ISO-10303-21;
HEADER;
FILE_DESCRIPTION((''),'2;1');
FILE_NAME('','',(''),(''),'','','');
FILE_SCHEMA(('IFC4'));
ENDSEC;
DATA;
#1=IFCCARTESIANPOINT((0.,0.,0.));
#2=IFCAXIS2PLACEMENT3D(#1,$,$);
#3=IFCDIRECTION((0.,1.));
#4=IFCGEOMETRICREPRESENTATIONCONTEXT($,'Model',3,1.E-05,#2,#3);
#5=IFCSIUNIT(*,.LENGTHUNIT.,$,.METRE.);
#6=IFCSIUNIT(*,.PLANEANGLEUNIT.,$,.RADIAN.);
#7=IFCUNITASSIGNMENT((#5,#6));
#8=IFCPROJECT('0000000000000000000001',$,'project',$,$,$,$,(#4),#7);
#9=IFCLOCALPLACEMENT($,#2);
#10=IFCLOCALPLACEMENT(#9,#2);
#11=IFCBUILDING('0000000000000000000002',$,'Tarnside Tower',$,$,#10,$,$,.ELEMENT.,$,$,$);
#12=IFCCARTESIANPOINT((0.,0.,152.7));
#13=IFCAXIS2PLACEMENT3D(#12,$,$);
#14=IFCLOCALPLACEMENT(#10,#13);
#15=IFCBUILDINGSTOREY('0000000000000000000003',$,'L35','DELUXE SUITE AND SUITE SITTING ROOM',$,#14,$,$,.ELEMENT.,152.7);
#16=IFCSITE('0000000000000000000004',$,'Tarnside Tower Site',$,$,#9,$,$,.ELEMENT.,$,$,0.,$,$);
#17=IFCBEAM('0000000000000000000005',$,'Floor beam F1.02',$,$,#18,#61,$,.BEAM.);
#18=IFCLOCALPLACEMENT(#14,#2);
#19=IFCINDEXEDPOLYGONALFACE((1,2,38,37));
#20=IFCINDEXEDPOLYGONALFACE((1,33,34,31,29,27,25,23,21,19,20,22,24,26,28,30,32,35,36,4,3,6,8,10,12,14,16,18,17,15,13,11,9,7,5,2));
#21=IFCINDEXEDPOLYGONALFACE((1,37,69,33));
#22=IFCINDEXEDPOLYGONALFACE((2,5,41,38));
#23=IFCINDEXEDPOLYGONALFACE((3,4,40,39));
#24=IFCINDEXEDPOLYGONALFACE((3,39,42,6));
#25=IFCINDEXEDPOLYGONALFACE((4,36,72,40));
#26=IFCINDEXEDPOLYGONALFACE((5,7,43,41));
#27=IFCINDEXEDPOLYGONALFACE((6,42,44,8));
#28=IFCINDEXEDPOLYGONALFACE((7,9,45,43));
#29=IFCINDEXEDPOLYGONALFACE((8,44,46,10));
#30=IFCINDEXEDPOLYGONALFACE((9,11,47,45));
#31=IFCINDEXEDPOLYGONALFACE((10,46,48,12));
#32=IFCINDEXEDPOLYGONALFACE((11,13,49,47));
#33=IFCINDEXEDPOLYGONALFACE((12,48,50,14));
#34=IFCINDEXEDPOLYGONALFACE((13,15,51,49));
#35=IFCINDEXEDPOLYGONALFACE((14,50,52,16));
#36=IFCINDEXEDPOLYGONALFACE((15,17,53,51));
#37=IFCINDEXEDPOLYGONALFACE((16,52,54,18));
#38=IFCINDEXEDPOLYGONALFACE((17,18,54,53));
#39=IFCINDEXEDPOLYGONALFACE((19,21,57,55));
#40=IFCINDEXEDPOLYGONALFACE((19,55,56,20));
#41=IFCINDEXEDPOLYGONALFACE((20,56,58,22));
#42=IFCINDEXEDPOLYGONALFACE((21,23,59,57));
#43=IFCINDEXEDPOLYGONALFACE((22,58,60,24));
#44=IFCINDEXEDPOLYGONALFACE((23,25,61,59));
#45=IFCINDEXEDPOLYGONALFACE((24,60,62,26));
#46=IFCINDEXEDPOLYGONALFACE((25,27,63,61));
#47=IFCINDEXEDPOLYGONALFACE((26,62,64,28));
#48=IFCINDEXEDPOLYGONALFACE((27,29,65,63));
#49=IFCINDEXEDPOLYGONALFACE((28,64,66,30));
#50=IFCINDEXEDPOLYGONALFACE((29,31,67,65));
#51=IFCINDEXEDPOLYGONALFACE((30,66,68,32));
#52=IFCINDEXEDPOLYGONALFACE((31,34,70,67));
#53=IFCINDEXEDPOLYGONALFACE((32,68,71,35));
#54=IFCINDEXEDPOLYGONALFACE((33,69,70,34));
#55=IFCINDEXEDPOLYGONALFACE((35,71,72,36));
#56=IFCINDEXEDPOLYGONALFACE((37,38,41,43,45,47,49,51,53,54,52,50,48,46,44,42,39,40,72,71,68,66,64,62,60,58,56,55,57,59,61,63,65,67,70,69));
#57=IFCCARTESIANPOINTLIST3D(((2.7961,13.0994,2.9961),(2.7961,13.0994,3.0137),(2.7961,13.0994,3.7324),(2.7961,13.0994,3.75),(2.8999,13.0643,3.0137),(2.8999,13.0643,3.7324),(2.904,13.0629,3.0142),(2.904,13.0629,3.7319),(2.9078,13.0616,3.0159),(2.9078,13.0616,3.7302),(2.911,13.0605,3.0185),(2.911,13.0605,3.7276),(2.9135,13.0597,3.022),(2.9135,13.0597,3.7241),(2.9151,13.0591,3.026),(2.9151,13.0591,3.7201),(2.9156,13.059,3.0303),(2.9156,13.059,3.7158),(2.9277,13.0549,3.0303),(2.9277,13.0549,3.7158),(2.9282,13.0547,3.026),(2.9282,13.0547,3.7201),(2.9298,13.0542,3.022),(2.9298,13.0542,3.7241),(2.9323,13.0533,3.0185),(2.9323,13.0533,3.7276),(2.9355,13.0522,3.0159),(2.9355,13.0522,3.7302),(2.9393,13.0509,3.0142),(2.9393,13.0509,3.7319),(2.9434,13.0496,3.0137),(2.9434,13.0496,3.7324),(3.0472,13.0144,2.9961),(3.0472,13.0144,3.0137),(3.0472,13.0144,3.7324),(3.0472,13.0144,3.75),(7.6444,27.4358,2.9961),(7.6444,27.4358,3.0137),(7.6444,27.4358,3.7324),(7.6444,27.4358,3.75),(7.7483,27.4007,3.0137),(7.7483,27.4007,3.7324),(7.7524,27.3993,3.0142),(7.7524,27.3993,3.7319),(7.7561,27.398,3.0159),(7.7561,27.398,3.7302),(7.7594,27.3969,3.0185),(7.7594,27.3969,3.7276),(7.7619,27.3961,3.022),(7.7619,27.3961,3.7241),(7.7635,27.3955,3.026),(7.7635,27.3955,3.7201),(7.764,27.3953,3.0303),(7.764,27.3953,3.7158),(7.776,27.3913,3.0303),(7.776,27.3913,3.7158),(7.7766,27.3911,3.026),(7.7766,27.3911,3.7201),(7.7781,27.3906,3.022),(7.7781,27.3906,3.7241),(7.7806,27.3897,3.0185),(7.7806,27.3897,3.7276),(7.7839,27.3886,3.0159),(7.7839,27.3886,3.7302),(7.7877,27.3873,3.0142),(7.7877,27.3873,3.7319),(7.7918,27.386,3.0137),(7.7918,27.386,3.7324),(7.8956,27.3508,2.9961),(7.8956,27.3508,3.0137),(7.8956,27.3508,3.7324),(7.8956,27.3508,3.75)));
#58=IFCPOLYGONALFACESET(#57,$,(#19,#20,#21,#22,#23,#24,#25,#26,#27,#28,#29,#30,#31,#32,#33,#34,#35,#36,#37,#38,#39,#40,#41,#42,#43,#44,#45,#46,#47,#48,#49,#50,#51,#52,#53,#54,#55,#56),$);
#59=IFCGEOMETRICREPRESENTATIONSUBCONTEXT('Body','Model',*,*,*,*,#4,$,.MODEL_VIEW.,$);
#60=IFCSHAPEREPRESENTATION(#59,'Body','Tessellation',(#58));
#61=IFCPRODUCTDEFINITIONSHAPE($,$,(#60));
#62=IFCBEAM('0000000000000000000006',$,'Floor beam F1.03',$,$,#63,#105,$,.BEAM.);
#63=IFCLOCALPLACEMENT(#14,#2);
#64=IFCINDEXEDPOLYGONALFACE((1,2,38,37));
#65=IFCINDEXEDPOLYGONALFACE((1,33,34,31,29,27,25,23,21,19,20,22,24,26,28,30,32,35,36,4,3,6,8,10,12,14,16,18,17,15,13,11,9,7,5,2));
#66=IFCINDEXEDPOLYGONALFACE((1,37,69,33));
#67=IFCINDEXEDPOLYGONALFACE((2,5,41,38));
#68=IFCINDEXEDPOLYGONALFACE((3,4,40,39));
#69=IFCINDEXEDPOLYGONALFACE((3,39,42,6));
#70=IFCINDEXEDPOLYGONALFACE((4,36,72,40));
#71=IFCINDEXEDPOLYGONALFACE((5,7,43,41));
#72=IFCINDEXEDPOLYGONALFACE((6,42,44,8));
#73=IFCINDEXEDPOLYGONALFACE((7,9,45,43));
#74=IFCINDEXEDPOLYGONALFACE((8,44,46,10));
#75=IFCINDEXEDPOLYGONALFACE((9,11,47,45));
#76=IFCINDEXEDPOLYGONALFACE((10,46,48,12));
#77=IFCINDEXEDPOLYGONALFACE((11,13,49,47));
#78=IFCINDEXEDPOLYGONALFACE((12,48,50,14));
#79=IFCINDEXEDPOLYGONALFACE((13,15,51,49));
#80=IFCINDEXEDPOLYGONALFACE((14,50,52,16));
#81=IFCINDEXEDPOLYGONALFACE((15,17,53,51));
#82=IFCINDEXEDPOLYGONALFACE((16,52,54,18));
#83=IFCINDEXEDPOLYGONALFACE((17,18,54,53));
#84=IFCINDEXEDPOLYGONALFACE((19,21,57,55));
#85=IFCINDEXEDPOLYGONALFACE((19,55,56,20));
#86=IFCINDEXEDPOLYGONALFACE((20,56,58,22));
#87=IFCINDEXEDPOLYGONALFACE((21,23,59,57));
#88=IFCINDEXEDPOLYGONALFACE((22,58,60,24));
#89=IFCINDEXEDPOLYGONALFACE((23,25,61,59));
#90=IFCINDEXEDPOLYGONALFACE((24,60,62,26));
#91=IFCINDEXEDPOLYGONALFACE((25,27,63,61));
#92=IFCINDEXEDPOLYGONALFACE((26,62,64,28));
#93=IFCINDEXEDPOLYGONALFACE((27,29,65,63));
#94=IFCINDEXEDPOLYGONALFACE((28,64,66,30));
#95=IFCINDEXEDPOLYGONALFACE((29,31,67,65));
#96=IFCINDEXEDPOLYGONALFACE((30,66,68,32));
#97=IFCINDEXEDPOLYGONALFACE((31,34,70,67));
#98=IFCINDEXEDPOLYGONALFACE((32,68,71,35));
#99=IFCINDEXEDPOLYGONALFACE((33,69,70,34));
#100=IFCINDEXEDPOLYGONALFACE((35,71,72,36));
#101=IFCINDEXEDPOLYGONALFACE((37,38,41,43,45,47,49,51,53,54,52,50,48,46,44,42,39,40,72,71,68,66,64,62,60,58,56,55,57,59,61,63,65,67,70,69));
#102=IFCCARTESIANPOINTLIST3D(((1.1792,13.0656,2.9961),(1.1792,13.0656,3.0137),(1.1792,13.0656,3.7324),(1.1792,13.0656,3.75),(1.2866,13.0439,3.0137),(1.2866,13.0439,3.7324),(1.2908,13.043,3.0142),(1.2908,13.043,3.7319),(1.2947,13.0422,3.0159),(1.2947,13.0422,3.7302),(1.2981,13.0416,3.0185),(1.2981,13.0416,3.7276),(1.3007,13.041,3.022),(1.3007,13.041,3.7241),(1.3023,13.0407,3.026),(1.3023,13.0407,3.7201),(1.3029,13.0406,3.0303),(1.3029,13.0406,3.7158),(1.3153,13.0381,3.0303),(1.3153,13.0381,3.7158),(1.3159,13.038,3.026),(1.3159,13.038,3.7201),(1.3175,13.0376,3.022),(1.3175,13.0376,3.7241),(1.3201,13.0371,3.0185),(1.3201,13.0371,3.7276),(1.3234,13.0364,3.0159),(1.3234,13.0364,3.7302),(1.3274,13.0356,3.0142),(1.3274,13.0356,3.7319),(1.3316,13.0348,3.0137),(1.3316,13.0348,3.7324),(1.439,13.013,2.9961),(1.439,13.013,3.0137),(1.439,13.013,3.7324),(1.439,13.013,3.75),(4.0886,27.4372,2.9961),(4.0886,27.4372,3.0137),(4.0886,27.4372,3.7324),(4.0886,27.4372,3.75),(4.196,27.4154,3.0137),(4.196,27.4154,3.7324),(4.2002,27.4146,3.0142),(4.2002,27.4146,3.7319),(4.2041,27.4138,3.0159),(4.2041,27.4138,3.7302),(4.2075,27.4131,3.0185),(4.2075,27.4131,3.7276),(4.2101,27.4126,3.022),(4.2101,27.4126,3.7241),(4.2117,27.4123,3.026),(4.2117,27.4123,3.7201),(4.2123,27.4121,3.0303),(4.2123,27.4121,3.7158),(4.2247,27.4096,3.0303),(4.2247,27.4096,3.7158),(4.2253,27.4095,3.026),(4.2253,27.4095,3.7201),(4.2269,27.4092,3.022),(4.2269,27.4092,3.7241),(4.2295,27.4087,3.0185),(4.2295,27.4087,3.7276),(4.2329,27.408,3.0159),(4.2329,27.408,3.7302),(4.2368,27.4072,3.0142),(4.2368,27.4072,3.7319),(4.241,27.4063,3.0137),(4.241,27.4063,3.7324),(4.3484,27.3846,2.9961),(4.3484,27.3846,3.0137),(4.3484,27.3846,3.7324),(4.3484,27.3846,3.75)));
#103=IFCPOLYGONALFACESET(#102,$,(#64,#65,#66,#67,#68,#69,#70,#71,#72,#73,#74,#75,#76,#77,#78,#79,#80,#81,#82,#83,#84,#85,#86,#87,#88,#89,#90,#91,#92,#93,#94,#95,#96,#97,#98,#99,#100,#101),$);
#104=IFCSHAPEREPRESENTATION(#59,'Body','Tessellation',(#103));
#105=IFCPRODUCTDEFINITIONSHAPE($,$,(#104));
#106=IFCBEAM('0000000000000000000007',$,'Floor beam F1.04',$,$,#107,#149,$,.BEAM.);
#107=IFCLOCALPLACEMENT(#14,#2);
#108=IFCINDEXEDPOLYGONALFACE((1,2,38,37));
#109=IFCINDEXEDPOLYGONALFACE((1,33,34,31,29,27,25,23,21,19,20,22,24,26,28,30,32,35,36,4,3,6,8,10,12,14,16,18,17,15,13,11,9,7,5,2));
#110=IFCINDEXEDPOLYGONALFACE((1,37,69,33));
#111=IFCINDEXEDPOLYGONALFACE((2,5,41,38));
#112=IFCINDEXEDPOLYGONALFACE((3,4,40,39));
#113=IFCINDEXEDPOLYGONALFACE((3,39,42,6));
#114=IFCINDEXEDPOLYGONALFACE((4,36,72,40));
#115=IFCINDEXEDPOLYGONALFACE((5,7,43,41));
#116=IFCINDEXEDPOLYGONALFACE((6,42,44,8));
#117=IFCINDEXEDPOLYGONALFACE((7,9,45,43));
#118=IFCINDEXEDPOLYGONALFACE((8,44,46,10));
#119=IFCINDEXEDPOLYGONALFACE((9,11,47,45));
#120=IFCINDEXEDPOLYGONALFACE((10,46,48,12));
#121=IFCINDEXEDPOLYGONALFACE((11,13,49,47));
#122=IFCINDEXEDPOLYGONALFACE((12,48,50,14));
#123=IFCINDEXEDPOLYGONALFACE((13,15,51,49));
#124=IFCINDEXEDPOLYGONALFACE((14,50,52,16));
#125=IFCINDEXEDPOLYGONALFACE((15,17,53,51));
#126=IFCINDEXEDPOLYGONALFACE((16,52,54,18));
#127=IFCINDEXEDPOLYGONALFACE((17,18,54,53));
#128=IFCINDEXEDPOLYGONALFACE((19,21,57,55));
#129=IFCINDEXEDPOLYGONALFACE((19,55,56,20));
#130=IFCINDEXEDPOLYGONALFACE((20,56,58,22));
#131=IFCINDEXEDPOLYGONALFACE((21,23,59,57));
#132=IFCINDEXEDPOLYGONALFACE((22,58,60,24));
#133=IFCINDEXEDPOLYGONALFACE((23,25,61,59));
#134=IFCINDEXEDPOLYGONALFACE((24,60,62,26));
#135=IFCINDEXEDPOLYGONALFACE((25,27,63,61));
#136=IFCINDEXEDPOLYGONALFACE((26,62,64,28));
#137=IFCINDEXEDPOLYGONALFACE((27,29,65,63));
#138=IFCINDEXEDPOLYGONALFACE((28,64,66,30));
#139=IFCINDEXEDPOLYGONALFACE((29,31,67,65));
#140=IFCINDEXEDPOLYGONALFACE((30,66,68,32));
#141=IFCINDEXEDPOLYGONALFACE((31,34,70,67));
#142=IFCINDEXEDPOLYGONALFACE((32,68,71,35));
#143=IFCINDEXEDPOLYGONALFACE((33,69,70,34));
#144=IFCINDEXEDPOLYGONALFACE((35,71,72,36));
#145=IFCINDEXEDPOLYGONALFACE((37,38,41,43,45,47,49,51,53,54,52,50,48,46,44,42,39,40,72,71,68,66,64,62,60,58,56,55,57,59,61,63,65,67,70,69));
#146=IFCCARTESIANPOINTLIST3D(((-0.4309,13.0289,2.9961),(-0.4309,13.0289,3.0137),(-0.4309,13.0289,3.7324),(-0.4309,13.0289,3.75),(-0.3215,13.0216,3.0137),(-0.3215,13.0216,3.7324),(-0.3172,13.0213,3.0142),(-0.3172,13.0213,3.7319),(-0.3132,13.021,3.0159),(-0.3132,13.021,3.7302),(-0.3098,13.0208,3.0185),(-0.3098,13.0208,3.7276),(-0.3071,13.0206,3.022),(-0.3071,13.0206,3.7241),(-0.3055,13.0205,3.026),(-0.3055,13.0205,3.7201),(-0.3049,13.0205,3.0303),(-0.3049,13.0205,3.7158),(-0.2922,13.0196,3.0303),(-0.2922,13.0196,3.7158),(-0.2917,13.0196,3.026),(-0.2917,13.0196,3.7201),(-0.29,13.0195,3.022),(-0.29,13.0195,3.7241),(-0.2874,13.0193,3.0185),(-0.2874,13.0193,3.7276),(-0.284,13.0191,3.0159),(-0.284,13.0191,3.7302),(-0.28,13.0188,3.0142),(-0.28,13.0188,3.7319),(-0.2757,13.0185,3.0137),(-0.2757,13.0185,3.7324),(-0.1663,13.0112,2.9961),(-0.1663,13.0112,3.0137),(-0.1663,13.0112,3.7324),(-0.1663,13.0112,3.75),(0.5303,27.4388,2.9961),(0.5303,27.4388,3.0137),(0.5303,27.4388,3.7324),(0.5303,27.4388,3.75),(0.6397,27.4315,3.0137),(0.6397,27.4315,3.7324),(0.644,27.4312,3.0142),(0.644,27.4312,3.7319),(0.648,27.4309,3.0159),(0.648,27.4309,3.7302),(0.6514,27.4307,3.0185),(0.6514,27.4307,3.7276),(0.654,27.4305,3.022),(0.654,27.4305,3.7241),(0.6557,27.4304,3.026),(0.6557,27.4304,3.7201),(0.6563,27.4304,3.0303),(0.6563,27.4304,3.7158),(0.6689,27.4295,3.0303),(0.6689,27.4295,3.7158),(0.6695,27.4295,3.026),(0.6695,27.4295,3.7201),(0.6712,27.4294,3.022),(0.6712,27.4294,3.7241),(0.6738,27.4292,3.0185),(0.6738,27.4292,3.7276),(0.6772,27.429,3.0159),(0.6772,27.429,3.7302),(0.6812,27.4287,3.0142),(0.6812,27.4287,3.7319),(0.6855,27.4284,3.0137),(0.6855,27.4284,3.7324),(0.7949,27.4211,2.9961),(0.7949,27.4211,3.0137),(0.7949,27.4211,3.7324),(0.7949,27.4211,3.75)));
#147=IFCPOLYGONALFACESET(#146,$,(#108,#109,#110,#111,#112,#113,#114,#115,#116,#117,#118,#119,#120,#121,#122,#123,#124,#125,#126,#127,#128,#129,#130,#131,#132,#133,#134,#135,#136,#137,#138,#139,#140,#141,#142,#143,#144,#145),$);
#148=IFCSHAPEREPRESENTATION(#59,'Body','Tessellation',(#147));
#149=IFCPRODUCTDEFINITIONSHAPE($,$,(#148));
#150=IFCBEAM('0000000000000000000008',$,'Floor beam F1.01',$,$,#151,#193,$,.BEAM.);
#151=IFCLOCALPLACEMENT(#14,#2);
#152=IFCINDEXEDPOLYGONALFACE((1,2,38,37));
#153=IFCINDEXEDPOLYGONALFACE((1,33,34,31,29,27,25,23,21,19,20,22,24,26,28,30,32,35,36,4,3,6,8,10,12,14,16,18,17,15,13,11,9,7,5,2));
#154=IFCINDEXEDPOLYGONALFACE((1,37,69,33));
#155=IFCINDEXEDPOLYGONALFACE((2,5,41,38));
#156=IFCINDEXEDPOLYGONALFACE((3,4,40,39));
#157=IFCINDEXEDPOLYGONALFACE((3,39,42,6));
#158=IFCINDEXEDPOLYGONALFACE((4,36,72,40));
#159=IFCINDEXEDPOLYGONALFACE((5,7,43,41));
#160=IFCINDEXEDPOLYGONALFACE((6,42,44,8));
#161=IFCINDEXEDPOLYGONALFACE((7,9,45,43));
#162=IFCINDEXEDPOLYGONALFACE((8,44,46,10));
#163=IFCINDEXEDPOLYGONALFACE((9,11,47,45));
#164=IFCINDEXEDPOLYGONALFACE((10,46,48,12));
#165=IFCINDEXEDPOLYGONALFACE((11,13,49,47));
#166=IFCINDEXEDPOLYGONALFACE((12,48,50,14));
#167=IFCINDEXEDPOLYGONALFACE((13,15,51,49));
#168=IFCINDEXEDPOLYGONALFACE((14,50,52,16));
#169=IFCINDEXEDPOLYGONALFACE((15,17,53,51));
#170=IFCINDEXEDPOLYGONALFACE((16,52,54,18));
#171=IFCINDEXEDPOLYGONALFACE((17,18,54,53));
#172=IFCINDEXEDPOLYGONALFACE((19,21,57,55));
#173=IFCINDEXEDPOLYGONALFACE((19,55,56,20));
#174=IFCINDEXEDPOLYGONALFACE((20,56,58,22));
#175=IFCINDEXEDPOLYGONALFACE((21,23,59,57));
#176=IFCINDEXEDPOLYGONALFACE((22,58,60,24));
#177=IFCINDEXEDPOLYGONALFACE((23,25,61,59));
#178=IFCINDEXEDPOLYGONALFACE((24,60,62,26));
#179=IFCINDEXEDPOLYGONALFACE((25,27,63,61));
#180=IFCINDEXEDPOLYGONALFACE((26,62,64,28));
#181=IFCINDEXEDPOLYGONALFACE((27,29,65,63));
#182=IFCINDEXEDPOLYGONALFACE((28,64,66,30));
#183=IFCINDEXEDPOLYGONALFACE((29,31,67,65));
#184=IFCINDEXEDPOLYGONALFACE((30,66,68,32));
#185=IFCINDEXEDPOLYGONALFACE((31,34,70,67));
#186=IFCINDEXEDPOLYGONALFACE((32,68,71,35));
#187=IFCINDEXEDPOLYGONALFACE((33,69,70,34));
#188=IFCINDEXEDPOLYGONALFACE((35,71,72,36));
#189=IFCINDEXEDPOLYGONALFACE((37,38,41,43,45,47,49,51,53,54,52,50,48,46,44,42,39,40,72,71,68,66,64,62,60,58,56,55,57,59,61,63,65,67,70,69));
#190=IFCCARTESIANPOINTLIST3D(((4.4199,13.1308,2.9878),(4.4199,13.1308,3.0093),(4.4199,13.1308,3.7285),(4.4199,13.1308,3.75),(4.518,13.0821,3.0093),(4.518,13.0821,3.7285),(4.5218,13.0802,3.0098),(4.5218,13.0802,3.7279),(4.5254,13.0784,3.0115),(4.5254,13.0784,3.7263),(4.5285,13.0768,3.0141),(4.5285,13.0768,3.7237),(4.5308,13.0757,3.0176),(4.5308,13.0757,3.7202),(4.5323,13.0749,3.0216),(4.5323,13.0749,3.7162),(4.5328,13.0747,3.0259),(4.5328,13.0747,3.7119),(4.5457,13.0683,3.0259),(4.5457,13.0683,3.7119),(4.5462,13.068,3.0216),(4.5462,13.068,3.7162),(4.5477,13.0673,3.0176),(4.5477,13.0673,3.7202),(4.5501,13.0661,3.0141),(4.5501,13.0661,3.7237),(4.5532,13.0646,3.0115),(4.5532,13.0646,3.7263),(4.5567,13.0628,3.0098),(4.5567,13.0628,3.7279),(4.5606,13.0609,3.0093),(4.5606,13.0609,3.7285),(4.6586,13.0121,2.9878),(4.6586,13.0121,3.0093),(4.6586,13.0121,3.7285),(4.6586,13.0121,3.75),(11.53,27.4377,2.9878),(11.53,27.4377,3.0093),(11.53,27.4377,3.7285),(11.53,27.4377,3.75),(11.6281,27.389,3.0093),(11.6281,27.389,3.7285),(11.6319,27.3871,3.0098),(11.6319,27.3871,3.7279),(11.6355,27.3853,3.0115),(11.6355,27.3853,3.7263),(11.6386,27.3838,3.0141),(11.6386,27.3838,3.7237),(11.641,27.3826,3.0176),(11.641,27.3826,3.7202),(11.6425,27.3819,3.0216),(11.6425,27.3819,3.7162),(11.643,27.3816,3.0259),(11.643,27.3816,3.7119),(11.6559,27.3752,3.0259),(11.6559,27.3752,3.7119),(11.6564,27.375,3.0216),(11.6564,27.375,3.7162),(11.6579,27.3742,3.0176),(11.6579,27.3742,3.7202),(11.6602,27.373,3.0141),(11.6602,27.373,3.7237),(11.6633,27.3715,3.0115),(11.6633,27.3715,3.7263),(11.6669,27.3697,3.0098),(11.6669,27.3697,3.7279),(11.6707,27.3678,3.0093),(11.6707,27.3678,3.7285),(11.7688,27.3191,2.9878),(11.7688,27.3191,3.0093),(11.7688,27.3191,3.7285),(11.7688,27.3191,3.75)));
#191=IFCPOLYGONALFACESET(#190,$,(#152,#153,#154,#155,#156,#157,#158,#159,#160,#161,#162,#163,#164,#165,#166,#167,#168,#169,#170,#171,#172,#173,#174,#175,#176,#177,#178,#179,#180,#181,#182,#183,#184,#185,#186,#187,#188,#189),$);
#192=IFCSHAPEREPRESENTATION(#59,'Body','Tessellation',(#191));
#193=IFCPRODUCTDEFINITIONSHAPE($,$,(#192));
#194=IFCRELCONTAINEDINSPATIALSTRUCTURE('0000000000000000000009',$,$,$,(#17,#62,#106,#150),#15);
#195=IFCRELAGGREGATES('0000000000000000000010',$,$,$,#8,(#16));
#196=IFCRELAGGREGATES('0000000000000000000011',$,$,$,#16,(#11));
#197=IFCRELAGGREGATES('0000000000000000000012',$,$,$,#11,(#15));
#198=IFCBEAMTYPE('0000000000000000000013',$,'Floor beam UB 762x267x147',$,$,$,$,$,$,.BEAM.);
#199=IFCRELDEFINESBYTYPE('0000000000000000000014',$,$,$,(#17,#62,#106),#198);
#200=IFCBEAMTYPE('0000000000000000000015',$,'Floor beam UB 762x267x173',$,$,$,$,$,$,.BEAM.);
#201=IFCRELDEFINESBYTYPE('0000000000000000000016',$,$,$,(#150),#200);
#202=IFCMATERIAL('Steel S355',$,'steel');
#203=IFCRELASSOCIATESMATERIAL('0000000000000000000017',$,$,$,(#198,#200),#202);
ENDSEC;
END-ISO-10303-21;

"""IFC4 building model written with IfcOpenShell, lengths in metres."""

from ifc_helpers import new_model, si_unit, direction, frame, origin, origin_2d, place, context, subcontext, project, spatial, i_section, extrude, material, material_profile, profile_set, type_object, element, save


model = new_model("IFC4")

# Units and contexts
model_context = context("Model", 3, precision=1e-05, world=origin(), true_north=direction((0.0, 1.0)))
body_context = subcontext(model_context, "Body", "Model", "MODEL_VIEW")
ifc_project = project(units=[si_unit("LENGTHUNIT", "METRE"), si_unit("PLANEANGLEUNIT", "RADIAN")], contexts=[model_context])

# Site, building, storey
site_placement = place(None, origin())
site = spatial("IfcSite", under=ifc_project, at=site_placement, Name="Tarnside Tower Site", CompositionType="ELEMENT", RefElevation=0.0)
building_placement = place(site_placement, origin())
building = spatial("IfcBuilding", under=site, at=building_placement, Name="Tarnside Tower", CompositionType="ELEMENT")
storey_placement = place(building_placement, frame((0.0, 0.0, 152.7)))
storey = spatial("IfcBuildingStorey", under=building, at=storey_placement, Name="L35", Description="DELUXE SUITE AND SUITE SITTING ROOM", CompositionType="ELEMENT", Elevation=152.7)

# Beams
ifc_material_1 = material(Name="Steel S355", Category="steel")
ifc_material_profile_1 = material_profile(ifc_material_1, i_section(OverallWidth=0.2651, OverallDepth=0.7539, WebThickness=0.0127, FlangeThickness=0.0176, FilletRadius=0.0166, at=origin_2d()), Name="UB 762x267x147")
ifc_profile_set_1 = profile_set([ifc_material_profile_1], Name="Steel S355")
beam_type_1 = type_object("IfcBeamType", Name="Floor beam UB 762x267x147", PredefinedType="BEAM", material=ifc_profile_set_1)
beam_1_placement = place(storey_placement, frame((7.77, 27.3933, 3.373), z_axis=(-0.320363, -0.947295, 0.0), x_axis=(0.947295, -0.320363, 0.0)))
element("IfcBeam", 1, at=beam_1_placement, inside=storey, type_object=beam_type_1, Name="Floor beam F1.02", PredefinedType="BEAM", context=body_context, shape_type="SweptSolid", body=[
    extrude(i_section(OverallWidth=0.2651, OverallDepth=0.7539, WebThickness=0.0127, FlangeThickness=0.0176, FilletRadius=0.0166, at=origin_2d()), origin(), (0.0, 0.0, 1.0), 15.134),
])
beam_2_placement = place(storey_placement, frame((4.2185, 27.4109, 3.373), z_axis=(-0.198418, -0.980118, 0.0), x_axis=(0.980118, -0.198418, 0.0)))
element("IfcBeam", 2, at=beam_2_placement, inside=storey, type_object=beam_type_1, Name="Floor beam F1.03", PredefinedType="BEAM", context=body_context, shape_type="SweptSolid", body=[
    extrude(i_section(OverallWidth=0.2651, OverallDepth=0.7539, WebThickness=0.0127, FlangeThickness=0.0176, FilletRadius=0.0166, at=origin_2d()), origin(), (0.0, 0.0, 1.0), 14.6631),
])
beam_3_placement = place(storey_placement, frame((0.6626, 27.4299, 3.373), z_axis=(-0.066555, -0.997783, 0.0), x_axis=(0.997783, -0.066555, 0.0)))
element("IfcBeam", 3, at=beam_3_placement, inside=storey, type_object=beam_type_1, Name="Floor beam F1.04", PredefinedType="BEAM", context=body_context, shape_type="SweptSolid", body=[
    extrude(i_section(OverallWidth=0.2651, OverallDepth=0.7539, WebThickness=0.0127, FlangeThickness=0.0176, FilletRadius=0.0166, at=origin_2d()), origin(), (0.0, 0.0, 1.0), 14.4419),
])
ifc_material_profile_2 = material_profile(ifc_material_1, i_section(OverallWidth=0.2666, OverallDepth=0.7622, WebThickness=0.0144, FlangeThickness=0.0215, FilletRadius=0.0166, at=origin_2d()), Name="UB 762x267x173")
ifc_profile_set_2 = profile_set([ifc_material_profile_2], Name="Steel S355")
beam_type_2 = type_object("IfcBeamType", Name="Floor beam UB 762x267x173", PredefinedType="BEAM", material=ifc_profile_set_2)
beam_4_placement = place(storey_placement, frame((11.6494, 27.3784, 3.3689), z_axis=(-0.445042, -0.89551, 0.0), x_axis=(0.89551, -0.445042, 0.0)))
element("IfcBeam", 4, at=beam_4_placement, inside=storey, type_object=beam_type_2, Name="Floor beam F1.01", PredefinedType="BEAM", context=body_context, shape_type="SweptSolid", body=[
    extrude(i_section(OverallWidth=0.2666, OverallDepth=0.7622, WebThickness=0.0144, FlangeThickness=0.0215, FilletRadius=0.0166, at=origin_2d()), origin(), (0.0, 0.0, 1.0), 15.9763),
])

save(model, "model.ifc")
